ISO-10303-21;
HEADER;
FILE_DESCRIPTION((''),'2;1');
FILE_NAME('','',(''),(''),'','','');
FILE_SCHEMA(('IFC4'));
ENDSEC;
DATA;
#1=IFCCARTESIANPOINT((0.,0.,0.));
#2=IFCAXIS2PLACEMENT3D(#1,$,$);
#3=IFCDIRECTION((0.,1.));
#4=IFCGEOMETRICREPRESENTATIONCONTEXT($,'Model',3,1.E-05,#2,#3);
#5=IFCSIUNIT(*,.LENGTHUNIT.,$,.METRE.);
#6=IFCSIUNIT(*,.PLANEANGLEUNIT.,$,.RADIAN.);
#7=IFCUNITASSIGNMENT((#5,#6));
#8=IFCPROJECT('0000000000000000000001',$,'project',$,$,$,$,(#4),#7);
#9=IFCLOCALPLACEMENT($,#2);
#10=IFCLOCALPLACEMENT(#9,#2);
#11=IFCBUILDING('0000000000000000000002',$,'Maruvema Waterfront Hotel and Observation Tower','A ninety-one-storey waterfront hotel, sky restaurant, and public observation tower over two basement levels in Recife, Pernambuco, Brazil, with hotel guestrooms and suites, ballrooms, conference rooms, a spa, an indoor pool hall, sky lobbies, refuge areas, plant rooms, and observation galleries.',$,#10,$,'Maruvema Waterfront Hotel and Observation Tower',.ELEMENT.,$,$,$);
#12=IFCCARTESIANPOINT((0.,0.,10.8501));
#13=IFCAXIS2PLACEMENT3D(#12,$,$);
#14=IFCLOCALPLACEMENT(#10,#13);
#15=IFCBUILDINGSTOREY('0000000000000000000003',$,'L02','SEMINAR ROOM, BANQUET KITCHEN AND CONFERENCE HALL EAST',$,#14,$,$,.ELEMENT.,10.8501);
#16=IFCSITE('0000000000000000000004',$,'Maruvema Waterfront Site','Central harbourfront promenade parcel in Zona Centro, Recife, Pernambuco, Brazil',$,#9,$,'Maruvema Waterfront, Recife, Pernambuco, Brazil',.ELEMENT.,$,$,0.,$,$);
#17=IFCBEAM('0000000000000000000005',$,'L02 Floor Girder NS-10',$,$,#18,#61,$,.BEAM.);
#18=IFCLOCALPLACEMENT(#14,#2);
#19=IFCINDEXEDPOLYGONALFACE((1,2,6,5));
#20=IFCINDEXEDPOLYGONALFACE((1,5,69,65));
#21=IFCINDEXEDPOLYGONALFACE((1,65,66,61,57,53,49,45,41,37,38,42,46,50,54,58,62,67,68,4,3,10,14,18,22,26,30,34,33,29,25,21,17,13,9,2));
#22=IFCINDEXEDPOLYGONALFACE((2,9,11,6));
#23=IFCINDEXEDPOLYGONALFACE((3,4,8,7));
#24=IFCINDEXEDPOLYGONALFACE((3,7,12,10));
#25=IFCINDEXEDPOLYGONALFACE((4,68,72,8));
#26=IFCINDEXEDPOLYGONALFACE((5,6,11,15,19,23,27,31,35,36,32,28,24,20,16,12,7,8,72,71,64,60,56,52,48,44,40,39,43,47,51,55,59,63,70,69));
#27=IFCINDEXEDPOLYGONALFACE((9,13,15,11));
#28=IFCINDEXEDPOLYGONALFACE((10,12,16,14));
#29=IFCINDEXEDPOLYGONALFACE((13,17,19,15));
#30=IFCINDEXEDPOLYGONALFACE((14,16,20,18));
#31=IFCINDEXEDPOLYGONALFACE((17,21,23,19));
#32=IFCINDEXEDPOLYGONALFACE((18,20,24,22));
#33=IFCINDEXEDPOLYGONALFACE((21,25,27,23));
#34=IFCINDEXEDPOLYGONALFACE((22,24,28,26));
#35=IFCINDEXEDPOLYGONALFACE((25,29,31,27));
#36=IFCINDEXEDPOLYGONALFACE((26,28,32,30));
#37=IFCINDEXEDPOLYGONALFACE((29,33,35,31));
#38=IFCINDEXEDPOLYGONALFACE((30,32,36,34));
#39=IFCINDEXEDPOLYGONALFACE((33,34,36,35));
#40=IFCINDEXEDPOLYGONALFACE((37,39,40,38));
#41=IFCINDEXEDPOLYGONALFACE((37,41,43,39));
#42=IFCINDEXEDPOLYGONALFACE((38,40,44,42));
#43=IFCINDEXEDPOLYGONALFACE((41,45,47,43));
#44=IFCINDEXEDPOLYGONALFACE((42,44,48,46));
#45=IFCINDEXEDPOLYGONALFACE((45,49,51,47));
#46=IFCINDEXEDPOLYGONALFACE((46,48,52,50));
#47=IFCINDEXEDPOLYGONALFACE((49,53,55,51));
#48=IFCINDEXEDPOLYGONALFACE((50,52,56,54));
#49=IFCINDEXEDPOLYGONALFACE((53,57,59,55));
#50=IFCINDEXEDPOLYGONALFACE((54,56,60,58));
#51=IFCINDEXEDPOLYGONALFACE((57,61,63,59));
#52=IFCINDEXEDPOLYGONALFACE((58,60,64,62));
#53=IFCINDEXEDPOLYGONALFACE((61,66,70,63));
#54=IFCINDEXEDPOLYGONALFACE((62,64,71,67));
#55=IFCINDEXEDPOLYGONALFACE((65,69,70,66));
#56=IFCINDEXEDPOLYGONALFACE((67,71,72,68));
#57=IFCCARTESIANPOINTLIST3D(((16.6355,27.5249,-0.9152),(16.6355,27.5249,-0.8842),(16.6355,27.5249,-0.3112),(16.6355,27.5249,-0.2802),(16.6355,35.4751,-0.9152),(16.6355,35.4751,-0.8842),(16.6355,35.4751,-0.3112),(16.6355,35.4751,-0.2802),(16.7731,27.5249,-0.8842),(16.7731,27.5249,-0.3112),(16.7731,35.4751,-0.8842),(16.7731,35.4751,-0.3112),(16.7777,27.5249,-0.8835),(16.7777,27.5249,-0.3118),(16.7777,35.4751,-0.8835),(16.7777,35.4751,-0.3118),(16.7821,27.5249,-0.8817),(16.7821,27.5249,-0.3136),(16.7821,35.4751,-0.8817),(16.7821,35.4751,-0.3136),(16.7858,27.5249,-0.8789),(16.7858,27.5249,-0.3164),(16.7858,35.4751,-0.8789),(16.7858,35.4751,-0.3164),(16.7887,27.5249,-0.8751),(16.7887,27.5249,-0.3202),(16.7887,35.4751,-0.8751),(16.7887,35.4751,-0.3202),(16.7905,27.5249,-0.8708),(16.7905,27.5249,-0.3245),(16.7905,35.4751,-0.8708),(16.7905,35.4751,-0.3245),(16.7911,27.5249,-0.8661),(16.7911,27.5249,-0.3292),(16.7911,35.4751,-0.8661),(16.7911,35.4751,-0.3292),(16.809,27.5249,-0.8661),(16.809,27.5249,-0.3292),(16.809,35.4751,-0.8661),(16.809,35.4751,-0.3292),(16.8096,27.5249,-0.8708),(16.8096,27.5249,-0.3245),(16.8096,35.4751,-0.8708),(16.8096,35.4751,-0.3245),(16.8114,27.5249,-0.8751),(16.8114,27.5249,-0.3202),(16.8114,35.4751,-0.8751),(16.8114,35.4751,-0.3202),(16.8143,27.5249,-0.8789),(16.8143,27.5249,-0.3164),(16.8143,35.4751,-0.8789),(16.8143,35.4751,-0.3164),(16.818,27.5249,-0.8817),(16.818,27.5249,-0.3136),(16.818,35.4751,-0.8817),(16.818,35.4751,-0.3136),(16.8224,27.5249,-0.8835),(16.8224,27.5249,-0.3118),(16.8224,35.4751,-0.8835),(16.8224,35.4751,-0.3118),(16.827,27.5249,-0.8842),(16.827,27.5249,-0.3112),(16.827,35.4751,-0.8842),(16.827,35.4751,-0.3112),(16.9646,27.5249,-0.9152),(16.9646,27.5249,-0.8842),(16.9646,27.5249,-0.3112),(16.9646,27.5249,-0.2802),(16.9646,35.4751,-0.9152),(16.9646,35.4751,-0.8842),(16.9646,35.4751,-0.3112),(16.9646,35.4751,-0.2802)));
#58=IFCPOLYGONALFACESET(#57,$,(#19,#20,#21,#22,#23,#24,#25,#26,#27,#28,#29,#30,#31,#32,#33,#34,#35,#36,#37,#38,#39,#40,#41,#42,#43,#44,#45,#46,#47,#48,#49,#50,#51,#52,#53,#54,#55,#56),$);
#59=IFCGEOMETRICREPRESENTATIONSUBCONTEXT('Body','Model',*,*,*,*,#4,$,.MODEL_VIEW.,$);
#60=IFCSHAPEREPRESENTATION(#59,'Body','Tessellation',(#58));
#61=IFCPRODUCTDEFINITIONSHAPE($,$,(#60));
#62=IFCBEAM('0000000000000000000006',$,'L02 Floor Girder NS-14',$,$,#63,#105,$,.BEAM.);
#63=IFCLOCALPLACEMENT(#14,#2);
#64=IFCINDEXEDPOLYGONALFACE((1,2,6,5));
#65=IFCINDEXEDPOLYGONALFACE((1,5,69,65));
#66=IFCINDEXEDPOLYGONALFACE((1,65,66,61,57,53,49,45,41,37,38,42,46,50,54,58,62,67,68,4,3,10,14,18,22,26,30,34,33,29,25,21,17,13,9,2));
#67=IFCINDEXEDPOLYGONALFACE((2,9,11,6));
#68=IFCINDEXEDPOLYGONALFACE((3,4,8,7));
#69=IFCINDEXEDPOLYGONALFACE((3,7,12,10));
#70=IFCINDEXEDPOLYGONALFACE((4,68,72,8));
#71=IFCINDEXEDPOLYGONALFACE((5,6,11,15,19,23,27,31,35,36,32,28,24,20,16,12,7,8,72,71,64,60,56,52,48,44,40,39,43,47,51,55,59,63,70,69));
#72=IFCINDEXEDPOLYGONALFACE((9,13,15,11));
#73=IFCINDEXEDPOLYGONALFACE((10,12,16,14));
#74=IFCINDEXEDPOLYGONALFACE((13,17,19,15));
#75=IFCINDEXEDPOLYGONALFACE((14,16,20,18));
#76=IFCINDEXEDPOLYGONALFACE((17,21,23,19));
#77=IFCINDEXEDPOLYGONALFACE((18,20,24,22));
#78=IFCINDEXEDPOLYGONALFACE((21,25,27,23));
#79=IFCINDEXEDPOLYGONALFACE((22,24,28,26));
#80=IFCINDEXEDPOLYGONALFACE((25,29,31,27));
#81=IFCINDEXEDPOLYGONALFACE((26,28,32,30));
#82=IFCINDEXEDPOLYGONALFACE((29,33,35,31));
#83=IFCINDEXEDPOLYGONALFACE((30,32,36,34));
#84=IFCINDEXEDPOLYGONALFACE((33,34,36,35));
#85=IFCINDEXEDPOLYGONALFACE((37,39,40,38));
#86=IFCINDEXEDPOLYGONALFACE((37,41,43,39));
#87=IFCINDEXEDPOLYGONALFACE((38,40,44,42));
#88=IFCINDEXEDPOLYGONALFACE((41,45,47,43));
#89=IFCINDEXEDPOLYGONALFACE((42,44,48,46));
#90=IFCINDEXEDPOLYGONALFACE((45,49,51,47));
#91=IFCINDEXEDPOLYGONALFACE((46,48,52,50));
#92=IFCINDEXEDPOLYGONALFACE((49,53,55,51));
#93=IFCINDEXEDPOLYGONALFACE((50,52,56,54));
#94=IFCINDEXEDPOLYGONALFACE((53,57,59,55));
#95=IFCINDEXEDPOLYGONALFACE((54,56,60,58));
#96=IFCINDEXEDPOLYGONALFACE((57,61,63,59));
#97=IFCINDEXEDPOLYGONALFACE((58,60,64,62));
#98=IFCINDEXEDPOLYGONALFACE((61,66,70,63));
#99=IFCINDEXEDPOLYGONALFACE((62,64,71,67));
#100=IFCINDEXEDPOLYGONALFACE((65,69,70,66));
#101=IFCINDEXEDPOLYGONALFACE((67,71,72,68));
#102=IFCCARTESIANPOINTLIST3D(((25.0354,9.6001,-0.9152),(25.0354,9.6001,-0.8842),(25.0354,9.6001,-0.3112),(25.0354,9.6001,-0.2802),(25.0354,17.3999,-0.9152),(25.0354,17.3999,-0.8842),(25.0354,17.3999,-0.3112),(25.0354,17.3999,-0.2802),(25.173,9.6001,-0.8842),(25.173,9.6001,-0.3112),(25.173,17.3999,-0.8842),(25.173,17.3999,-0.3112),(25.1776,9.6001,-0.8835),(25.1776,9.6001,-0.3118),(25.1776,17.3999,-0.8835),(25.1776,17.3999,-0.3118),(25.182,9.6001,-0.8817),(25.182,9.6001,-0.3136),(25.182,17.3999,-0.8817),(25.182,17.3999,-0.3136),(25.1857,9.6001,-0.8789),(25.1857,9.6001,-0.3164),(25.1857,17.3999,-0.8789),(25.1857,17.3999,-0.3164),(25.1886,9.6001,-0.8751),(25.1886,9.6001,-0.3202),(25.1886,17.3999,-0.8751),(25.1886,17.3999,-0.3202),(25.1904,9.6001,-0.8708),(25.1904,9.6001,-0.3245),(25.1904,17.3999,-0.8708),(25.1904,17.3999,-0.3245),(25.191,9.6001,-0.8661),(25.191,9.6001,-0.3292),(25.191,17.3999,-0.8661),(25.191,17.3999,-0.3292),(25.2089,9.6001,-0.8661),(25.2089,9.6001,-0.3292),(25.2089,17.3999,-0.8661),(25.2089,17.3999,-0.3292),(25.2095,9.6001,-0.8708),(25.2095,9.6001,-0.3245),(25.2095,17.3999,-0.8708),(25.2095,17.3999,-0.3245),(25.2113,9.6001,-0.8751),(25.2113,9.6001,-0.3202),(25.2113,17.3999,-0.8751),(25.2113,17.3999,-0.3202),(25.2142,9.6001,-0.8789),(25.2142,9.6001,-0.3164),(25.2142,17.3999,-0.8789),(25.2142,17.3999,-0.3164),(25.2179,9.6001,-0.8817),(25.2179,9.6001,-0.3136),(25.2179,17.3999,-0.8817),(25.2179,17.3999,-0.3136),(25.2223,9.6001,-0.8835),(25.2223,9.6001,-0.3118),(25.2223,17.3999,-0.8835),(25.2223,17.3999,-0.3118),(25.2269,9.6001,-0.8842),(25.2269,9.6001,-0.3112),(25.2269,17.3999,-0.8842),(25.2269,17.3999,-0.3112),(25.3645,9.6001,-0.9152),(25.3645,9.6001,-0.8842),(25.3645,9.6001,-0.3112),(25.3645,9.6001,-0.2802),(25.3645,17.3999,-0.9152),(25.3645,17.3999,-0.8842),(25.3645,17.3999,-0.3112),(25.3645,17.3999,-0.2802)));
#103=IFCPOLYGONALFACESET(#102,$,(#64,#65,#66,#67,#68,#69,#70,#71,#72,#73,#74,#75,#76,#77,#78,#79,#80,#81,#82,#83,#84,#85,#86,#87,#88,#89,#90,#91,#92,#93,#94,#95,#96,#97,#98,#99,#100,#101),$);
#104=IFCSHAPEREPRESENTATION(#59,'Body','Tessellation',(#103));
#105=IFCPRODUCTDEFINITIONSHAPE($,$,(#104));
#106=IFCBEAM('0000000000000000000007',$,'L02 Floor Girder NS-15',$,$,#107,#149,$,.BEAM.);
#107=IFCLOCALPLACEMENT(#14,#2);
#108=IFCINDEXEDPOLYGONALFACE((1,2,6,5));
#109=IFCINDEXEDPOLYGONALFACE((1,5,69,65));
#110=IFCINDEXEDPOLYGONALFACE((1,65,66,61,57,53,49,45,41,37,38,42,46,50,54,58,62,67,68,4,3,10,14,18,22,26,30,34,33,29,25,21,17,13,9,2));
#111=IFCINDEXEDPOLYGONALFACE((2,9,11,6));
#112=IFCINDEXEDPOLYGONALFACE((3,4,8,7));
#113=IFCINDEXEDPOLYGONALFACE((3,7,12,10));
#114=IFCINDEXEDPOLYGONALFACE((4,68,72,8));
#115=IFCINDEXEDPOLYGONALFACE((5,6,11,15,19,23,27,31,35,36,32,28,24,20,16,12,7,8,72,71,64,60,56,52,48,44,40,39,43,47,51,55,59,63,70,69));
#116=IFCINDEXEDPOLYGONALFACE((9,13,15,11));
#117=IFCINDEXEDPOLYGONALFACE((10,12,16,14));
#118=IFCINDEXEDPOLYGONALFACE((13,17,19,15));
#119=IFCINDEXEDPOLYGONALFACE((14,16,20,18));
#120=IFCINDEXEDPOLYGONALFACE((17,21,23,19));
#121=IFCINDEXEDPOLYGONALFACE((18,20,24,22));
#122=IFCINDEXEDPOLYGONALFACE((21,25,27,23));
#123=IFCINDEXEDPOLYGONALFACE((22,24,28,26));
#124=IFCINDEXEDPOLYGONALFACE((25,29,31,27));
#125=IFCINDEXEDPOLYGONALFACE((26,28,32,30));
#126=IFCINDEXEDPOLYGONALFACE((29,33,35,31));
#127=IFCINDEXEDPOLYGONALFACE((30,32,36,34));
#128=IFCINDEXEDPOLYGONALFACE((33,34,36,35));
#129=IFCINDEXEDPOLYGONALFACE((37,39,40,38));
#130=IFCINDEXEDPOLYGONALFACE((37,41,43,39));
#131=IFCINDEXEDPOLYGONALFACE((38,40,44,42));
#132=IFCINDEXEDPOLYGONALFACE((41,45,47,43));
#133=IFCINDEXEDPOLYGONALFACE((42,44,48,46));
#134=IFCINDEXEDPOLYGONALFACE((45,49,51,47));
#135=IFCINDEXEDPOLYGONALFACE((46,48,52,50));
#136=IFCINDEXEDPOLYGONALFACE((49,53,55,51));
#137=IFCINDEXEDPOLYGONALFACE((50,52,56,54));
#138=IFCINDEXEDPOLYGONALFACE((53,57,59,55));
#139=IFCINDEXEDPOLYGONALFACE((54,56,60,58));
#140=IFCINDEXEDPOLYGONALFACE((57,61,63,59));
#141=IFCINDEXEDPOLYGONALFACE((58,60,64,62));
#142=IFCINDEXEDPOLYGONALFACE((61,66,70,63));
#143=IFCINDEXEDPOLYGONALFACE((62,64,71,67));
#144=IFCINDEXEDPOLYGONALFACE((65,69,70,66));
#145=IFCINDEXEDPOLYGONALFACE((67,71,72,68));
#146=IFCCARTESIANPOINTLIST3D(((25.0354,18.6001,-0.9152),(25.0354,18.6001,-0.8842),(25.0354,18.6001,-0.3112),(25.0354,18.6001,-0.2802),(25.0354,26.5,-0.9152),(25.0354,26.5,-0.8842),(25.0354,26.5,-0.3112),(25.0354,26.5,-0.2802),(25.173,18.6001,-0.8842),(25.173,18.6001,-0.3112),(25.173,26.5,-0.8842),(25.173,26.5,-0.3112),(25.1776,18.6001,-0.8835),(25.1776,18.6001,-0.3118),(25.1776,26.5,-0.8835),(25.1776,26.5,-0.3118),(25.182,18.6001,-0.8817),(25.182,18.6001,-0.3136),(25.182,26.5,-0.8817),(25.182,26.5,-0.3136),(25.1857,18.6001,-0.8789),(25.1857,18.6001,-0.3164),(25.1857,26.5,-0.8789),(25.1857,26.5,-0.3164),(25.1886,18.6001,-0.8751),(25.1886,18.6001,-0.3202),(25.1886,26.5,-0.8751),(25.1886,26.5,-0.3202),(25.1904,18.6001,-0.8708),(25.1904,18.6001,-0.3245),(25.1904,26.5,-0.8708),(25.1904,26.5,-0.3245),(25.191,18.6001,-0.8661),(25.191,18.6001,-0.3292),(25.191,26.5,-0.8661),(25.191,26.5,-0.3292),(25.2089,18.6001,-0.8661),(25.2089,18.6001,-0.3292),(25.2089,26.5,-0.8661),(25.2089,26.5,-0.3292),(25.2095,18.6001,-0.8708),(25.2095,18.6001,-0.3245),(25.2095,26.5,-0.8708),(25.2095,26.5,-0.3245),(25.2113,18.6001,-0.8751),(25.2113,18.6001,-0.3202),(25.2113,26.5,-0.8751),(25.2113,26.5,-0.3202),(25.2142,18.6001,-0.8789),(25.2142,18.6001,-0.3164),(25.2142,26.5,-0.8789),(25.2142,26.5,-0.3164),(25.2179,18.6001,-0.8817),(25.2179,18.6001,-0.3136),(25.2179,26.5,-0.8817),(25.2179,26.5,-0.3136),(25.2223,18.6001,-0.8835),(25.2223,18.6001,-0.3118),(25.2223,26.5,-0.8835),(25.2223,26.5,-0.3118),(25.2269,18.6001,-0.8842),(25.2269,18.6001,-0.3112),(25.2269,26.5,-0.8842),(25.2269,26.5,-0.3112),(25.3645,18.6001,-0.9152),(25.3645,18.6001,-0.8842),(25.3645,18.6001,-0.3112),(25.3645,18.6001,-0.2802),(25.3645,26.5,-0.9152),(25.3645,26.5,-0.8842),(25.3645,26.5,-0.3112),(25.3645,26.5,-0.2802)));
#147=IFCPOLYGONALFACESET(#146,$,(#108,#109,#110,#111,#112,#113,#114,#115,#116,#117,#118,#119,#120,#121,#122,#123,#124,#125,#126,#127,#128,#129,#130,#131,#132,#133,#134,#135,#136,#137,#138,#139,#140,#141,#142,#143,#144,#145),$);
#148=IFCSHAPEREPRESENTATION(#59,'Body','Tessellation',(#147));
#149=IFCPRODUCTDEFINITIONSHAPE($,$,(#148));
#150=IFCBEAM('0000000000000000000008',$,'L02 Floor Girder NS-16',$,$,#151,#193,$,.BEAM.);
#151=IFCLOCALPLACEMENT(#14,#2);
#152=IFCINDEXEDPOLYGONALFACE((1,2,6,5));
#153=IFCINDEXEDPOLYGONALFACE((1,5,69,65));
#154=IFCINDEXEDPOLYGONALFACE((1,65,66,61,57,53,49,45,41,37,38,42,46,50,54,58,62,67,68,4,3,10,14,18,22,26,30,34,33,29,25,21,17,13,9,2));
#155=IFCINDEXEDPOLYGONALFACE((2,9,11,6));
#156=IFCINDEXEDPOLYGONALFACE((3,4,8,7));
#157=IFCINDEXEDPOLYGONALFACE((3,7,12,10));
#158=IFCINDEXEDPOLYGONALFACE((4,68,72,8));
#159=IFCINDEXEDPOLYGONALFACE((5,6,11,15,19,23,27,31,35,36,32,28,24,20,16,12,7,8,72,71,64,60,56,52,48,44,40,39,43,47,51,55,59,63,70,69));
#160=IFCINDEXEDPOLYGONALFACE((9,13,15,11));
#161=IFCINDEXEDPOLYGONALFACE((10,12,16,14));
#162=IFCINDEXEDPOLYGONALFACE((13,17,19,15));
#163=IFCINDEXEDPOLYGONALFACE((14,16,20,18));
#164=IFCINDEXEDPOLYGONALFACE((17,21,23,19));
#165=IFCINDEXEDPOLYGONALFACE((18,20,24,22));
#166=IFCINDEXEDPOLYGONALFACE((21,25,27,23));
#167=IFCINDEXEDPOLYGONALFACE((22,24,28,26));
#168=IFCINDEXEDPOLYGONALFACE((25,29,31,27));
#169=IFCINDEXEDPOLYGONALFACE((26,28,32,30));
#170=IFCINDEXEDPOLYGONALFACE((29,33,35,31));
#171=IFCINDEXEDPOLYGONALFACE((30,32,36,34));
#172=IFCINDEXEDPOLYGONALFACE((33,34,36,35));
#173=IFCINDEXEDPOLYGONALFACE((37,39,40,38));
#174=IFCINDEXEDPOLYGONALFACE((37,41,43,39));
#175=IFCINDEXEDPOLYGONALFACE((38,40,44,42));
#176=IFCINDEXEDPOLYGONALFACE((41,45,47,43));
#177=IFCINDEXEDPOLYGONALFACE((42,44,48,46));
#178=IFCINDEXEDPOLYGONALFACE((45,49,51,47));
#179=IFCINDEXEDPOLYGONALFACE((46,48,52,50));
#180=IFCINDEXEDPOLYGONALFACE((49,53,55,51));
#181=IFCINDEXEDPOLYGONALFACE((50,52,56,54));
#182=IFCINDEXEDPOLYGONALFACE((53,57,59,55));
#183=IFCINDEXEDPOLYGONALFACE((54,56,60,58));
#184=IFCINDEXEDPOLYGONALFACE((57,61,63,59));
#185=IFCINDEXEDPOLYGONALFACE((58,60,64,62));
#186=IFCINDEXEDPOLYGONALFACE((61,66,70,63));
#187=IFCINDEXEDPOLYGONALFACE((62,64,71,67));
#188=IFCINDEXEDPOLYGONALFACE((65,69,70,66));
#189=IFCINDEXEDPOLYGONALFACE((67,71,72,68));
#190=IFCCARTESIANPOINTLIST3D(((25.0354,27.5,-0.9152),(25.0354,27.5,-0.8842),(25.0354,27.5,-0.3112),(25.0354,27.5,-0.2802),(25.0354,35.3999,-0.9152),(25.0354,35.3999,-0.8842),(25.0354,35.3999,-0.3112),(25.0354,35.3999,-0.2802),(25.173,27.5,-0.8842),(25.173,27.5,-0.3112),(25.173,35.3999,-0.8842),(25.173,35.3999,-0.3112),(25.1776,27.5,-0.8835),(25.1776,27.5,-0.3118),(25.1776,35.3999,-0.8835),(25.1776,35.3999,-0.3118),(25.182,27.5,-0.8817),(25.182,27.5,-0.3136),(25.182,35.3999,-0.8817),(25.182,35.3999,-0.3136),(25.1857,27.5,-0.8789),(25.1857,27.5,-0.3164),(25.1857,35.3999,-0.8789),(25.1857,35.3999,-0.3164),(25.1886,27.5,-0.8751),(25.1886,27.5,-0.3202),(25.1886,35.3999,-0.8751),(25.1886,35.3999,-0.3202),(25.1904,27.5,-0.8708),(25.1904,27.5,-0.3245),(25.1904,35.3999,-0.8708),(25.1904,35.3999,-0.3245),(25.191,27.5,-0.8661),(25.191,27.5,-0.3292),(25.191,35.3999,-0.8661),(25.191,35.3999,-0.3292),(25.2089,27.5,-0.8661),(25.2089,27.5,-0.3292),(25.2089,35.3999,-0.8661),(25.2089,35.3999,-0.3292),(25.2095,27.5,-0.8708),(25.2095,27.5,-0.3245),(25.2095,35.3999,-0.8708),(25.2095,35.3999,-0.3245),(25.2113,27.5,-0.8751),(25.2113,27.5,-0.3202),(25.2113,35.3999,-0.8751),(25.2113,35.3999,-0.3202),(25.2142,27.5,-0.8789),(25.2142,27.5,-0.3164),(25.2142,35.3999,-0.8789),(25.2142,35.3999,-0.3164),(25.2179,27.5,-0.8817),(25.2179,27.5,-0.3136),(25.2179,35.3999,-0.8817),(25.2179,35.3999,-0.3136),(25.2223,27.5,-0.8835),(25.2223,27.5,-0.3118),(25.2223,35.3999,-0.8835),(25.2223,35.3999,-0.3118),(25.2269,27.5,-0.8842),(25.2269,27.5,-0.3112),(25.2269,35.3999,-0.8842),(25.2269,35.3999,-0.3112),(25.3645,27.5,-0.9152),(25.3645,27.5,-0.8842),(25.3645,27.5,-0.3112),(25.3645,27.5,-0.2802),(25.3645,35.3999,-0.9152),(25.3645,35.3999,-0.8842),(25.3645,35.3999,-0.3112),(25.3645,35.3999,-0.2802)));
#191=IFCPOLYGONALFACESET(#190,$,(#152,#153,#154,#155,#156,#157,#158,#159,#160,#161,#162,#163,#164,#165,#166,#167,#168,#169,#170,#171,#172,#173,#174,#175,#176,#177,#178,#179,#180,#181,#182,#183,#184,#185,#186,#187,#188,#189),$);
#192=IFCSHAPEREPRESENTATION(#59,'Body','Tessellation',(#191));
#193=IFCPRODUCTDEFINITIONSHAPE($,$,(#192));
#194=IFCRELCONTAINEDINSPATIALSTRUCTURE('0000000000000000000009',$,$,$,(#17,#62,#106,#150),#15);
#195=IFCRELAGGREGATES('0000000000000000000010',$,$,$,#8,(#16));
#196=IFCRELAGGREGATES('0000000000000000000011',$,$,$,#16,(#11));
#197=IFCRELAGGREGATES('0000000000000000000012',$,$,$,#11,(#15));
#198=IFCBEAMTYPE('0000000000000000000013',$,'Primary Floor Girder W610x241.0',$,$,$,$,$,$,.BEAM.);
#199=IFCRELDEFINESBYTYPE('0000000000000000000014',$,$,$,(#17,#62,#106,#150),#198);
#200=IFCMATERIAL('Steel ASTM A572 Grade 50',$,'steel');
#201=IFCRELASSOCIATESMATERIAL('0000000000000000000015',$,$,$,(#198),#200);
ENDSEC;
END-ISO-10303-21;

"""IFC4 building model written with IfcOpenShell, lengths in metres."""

from ifc_helpers import new_model, si_unit, direction, frame, origin, origin_2d, place, context, subcontext, project, spatial, i_section, extrude, material, material_profile, profile_set, type_object, element, save


model = new_model("IFC4")

# Units and contexts
model_context = context("Model", 3, precision=1e-05, world=origin(), true_north=direction((0.0, 1.0)))
body_context = subcontext(model_context, "Body", "Model", "MODEL_VIEW")
ifc_project = project(units=[si_unit("LENGTHUNIT", "METRE"), si_unit("PLANEANGLEUNIT", "RADIAN")], contexts=[model_context])

# Site, building, storey
site_placement = place(None, origin())
site = spatial("IfcSite", under=ifc_project, at=site_placement, Name="Maruvema Waterfront Site", Description="Central harbourfront promenade parcel in Zona Centro, Recife, Pernambuco, Brazil", LongName="Maruvema Waterfront, Recife, Pernambuco, Brazil", CompositionType="ELEMENT", RefElevation=0.0)
building_placement = place(site_placement, origin())
building = spatial("IfcBuilding", under=site, at=building_placement, Name="Maruvema Waterfront Hotel and Observation Tower", Description="A ninety-one-storey waterfront hotel, sky restaurant, and public observation tower over two basement levels in Recife, Pernambuco, Brazil, with hotel guestrooms and suites, ballrooms, conference rooms, a spa, an indoor pool hall, sky lobbies, refuge areas, plant rooms, and observation galleries.", LongName="Maruvema Waterfront Hotel and Observation Tower", CompositionType="ELEMENT")
storey_placement = place(building_placement, frame((0.0, 0.0, 10.8501)))
storey = spatial("IfcBuildingStorey", under=building, at=storey_placement, Name="L02", Description="SEMINAR ROOM, BANQUET KITCHEN AND CONFERENCE HALL EAST", CompositionType="ELEMENT", Elevation=10.8501)

# Beams
ifc_material_1 = material(Name="Steel ASTM A572 Grade 50", Category="steel")
ifc_material_profile_1 = material_profile(ifc_material_1, i_section(OverallWidth=0.3291, OverallDepth=0.635, WebThickness=0.0178, FlangeThickness=0.031, FilletRadius=0.0181, at=origin_2d()), Name="W610x241.0")
ifc_profile_set_1 = profile_set([ifc_material_profile_1], Name="Steel ASTM A572 Grade 50")
beam_type_1 = type_object("IfcBeamType", Name="Primary Floor Girder W610x241.0", PredefinedType="BEAM", material=ifc_profile_set_1)
for number, where, z_axis, x_axis, name in (
    (1, (16.8, 27.5249, -0.5977), (0.0, 1.0, 0.0), (-1.0, 0.0, 0.0), "L02 Floor Girder NS-10"),
):
    element("IfcBeam", number, at=place(storey_placement, frame(where, z_axis=z_axis, x_axis=x_axis)), inside=storey, type_object=beam_type_1, Name=name, PredefinedType="BEAM", context=body_context, shape_type="SweptSolid", body=[
        extrude(i_section(OverallWidth=0.3291, OverallDepth=0.635, WebThickness=0.0178, FlangeThickness=0.031, FilletRadius=0.0181, at=origin_2d()), origin(), (0.0, 0.0, 1.0), 7.9502),
    ])
beam_1_placement = place(storey_placement, frame((25.2, 9.6001, -0.5977), z_axis=(0.0, 1.0, 0.0), x_axis=(-1.0, 0.0, 0.0)))
element("IfcBeam", 2, at=beam_1_placement, inside=storey, type_object=beam_type_1, Name="L02 Floor Girder NS-14", PredefinedType="BEAM", context=body_context, shape_type="SweptSolid", body=[
    extrude(i_section(OverallWidth=0.3291, OverallDepth=0.635, WebThickness=0.0178, FlangeThickness=0.031, FilletRadius=0.0181, at=origin_2d()), origin(), (0.0, 0.0, 1.0), 7.7998),
])
for number, where, z_axis, x_axis, name in (
    (3, (25.2, 18.6001, -0.5977), (0.0, 1.0, 0.0), (-1.0, 0.0, 0.0), "L02 Floor Girder NS-15"),
    (4, (25.2, 27.5, -0.5977), (0.0, 1.0, 0.0), (-1.0, 0.0, 0.0), "L02 Floor Girder NS-16"),
):
    element("IfcBeam", number, at=place(storey_placement, frame(where, z_axis=z_axis, x_axis=x_axis)), inside=storey, type_object=beam_type_1, Name=name, PredefinedType="BEAM", context=body_context, shape_type="SweptSolid", body=[
        extrude(i_section(OverallWidth=0.3291, OverallDepth=0.635, WebThickness=0.0178, FlangeThickness=0.031, FilletRadius=0.0181, at=origin_2d()), origin(), (0.0, 0.0, 1.0), 7.8999),
    ])

save(model, "model.ifc")
